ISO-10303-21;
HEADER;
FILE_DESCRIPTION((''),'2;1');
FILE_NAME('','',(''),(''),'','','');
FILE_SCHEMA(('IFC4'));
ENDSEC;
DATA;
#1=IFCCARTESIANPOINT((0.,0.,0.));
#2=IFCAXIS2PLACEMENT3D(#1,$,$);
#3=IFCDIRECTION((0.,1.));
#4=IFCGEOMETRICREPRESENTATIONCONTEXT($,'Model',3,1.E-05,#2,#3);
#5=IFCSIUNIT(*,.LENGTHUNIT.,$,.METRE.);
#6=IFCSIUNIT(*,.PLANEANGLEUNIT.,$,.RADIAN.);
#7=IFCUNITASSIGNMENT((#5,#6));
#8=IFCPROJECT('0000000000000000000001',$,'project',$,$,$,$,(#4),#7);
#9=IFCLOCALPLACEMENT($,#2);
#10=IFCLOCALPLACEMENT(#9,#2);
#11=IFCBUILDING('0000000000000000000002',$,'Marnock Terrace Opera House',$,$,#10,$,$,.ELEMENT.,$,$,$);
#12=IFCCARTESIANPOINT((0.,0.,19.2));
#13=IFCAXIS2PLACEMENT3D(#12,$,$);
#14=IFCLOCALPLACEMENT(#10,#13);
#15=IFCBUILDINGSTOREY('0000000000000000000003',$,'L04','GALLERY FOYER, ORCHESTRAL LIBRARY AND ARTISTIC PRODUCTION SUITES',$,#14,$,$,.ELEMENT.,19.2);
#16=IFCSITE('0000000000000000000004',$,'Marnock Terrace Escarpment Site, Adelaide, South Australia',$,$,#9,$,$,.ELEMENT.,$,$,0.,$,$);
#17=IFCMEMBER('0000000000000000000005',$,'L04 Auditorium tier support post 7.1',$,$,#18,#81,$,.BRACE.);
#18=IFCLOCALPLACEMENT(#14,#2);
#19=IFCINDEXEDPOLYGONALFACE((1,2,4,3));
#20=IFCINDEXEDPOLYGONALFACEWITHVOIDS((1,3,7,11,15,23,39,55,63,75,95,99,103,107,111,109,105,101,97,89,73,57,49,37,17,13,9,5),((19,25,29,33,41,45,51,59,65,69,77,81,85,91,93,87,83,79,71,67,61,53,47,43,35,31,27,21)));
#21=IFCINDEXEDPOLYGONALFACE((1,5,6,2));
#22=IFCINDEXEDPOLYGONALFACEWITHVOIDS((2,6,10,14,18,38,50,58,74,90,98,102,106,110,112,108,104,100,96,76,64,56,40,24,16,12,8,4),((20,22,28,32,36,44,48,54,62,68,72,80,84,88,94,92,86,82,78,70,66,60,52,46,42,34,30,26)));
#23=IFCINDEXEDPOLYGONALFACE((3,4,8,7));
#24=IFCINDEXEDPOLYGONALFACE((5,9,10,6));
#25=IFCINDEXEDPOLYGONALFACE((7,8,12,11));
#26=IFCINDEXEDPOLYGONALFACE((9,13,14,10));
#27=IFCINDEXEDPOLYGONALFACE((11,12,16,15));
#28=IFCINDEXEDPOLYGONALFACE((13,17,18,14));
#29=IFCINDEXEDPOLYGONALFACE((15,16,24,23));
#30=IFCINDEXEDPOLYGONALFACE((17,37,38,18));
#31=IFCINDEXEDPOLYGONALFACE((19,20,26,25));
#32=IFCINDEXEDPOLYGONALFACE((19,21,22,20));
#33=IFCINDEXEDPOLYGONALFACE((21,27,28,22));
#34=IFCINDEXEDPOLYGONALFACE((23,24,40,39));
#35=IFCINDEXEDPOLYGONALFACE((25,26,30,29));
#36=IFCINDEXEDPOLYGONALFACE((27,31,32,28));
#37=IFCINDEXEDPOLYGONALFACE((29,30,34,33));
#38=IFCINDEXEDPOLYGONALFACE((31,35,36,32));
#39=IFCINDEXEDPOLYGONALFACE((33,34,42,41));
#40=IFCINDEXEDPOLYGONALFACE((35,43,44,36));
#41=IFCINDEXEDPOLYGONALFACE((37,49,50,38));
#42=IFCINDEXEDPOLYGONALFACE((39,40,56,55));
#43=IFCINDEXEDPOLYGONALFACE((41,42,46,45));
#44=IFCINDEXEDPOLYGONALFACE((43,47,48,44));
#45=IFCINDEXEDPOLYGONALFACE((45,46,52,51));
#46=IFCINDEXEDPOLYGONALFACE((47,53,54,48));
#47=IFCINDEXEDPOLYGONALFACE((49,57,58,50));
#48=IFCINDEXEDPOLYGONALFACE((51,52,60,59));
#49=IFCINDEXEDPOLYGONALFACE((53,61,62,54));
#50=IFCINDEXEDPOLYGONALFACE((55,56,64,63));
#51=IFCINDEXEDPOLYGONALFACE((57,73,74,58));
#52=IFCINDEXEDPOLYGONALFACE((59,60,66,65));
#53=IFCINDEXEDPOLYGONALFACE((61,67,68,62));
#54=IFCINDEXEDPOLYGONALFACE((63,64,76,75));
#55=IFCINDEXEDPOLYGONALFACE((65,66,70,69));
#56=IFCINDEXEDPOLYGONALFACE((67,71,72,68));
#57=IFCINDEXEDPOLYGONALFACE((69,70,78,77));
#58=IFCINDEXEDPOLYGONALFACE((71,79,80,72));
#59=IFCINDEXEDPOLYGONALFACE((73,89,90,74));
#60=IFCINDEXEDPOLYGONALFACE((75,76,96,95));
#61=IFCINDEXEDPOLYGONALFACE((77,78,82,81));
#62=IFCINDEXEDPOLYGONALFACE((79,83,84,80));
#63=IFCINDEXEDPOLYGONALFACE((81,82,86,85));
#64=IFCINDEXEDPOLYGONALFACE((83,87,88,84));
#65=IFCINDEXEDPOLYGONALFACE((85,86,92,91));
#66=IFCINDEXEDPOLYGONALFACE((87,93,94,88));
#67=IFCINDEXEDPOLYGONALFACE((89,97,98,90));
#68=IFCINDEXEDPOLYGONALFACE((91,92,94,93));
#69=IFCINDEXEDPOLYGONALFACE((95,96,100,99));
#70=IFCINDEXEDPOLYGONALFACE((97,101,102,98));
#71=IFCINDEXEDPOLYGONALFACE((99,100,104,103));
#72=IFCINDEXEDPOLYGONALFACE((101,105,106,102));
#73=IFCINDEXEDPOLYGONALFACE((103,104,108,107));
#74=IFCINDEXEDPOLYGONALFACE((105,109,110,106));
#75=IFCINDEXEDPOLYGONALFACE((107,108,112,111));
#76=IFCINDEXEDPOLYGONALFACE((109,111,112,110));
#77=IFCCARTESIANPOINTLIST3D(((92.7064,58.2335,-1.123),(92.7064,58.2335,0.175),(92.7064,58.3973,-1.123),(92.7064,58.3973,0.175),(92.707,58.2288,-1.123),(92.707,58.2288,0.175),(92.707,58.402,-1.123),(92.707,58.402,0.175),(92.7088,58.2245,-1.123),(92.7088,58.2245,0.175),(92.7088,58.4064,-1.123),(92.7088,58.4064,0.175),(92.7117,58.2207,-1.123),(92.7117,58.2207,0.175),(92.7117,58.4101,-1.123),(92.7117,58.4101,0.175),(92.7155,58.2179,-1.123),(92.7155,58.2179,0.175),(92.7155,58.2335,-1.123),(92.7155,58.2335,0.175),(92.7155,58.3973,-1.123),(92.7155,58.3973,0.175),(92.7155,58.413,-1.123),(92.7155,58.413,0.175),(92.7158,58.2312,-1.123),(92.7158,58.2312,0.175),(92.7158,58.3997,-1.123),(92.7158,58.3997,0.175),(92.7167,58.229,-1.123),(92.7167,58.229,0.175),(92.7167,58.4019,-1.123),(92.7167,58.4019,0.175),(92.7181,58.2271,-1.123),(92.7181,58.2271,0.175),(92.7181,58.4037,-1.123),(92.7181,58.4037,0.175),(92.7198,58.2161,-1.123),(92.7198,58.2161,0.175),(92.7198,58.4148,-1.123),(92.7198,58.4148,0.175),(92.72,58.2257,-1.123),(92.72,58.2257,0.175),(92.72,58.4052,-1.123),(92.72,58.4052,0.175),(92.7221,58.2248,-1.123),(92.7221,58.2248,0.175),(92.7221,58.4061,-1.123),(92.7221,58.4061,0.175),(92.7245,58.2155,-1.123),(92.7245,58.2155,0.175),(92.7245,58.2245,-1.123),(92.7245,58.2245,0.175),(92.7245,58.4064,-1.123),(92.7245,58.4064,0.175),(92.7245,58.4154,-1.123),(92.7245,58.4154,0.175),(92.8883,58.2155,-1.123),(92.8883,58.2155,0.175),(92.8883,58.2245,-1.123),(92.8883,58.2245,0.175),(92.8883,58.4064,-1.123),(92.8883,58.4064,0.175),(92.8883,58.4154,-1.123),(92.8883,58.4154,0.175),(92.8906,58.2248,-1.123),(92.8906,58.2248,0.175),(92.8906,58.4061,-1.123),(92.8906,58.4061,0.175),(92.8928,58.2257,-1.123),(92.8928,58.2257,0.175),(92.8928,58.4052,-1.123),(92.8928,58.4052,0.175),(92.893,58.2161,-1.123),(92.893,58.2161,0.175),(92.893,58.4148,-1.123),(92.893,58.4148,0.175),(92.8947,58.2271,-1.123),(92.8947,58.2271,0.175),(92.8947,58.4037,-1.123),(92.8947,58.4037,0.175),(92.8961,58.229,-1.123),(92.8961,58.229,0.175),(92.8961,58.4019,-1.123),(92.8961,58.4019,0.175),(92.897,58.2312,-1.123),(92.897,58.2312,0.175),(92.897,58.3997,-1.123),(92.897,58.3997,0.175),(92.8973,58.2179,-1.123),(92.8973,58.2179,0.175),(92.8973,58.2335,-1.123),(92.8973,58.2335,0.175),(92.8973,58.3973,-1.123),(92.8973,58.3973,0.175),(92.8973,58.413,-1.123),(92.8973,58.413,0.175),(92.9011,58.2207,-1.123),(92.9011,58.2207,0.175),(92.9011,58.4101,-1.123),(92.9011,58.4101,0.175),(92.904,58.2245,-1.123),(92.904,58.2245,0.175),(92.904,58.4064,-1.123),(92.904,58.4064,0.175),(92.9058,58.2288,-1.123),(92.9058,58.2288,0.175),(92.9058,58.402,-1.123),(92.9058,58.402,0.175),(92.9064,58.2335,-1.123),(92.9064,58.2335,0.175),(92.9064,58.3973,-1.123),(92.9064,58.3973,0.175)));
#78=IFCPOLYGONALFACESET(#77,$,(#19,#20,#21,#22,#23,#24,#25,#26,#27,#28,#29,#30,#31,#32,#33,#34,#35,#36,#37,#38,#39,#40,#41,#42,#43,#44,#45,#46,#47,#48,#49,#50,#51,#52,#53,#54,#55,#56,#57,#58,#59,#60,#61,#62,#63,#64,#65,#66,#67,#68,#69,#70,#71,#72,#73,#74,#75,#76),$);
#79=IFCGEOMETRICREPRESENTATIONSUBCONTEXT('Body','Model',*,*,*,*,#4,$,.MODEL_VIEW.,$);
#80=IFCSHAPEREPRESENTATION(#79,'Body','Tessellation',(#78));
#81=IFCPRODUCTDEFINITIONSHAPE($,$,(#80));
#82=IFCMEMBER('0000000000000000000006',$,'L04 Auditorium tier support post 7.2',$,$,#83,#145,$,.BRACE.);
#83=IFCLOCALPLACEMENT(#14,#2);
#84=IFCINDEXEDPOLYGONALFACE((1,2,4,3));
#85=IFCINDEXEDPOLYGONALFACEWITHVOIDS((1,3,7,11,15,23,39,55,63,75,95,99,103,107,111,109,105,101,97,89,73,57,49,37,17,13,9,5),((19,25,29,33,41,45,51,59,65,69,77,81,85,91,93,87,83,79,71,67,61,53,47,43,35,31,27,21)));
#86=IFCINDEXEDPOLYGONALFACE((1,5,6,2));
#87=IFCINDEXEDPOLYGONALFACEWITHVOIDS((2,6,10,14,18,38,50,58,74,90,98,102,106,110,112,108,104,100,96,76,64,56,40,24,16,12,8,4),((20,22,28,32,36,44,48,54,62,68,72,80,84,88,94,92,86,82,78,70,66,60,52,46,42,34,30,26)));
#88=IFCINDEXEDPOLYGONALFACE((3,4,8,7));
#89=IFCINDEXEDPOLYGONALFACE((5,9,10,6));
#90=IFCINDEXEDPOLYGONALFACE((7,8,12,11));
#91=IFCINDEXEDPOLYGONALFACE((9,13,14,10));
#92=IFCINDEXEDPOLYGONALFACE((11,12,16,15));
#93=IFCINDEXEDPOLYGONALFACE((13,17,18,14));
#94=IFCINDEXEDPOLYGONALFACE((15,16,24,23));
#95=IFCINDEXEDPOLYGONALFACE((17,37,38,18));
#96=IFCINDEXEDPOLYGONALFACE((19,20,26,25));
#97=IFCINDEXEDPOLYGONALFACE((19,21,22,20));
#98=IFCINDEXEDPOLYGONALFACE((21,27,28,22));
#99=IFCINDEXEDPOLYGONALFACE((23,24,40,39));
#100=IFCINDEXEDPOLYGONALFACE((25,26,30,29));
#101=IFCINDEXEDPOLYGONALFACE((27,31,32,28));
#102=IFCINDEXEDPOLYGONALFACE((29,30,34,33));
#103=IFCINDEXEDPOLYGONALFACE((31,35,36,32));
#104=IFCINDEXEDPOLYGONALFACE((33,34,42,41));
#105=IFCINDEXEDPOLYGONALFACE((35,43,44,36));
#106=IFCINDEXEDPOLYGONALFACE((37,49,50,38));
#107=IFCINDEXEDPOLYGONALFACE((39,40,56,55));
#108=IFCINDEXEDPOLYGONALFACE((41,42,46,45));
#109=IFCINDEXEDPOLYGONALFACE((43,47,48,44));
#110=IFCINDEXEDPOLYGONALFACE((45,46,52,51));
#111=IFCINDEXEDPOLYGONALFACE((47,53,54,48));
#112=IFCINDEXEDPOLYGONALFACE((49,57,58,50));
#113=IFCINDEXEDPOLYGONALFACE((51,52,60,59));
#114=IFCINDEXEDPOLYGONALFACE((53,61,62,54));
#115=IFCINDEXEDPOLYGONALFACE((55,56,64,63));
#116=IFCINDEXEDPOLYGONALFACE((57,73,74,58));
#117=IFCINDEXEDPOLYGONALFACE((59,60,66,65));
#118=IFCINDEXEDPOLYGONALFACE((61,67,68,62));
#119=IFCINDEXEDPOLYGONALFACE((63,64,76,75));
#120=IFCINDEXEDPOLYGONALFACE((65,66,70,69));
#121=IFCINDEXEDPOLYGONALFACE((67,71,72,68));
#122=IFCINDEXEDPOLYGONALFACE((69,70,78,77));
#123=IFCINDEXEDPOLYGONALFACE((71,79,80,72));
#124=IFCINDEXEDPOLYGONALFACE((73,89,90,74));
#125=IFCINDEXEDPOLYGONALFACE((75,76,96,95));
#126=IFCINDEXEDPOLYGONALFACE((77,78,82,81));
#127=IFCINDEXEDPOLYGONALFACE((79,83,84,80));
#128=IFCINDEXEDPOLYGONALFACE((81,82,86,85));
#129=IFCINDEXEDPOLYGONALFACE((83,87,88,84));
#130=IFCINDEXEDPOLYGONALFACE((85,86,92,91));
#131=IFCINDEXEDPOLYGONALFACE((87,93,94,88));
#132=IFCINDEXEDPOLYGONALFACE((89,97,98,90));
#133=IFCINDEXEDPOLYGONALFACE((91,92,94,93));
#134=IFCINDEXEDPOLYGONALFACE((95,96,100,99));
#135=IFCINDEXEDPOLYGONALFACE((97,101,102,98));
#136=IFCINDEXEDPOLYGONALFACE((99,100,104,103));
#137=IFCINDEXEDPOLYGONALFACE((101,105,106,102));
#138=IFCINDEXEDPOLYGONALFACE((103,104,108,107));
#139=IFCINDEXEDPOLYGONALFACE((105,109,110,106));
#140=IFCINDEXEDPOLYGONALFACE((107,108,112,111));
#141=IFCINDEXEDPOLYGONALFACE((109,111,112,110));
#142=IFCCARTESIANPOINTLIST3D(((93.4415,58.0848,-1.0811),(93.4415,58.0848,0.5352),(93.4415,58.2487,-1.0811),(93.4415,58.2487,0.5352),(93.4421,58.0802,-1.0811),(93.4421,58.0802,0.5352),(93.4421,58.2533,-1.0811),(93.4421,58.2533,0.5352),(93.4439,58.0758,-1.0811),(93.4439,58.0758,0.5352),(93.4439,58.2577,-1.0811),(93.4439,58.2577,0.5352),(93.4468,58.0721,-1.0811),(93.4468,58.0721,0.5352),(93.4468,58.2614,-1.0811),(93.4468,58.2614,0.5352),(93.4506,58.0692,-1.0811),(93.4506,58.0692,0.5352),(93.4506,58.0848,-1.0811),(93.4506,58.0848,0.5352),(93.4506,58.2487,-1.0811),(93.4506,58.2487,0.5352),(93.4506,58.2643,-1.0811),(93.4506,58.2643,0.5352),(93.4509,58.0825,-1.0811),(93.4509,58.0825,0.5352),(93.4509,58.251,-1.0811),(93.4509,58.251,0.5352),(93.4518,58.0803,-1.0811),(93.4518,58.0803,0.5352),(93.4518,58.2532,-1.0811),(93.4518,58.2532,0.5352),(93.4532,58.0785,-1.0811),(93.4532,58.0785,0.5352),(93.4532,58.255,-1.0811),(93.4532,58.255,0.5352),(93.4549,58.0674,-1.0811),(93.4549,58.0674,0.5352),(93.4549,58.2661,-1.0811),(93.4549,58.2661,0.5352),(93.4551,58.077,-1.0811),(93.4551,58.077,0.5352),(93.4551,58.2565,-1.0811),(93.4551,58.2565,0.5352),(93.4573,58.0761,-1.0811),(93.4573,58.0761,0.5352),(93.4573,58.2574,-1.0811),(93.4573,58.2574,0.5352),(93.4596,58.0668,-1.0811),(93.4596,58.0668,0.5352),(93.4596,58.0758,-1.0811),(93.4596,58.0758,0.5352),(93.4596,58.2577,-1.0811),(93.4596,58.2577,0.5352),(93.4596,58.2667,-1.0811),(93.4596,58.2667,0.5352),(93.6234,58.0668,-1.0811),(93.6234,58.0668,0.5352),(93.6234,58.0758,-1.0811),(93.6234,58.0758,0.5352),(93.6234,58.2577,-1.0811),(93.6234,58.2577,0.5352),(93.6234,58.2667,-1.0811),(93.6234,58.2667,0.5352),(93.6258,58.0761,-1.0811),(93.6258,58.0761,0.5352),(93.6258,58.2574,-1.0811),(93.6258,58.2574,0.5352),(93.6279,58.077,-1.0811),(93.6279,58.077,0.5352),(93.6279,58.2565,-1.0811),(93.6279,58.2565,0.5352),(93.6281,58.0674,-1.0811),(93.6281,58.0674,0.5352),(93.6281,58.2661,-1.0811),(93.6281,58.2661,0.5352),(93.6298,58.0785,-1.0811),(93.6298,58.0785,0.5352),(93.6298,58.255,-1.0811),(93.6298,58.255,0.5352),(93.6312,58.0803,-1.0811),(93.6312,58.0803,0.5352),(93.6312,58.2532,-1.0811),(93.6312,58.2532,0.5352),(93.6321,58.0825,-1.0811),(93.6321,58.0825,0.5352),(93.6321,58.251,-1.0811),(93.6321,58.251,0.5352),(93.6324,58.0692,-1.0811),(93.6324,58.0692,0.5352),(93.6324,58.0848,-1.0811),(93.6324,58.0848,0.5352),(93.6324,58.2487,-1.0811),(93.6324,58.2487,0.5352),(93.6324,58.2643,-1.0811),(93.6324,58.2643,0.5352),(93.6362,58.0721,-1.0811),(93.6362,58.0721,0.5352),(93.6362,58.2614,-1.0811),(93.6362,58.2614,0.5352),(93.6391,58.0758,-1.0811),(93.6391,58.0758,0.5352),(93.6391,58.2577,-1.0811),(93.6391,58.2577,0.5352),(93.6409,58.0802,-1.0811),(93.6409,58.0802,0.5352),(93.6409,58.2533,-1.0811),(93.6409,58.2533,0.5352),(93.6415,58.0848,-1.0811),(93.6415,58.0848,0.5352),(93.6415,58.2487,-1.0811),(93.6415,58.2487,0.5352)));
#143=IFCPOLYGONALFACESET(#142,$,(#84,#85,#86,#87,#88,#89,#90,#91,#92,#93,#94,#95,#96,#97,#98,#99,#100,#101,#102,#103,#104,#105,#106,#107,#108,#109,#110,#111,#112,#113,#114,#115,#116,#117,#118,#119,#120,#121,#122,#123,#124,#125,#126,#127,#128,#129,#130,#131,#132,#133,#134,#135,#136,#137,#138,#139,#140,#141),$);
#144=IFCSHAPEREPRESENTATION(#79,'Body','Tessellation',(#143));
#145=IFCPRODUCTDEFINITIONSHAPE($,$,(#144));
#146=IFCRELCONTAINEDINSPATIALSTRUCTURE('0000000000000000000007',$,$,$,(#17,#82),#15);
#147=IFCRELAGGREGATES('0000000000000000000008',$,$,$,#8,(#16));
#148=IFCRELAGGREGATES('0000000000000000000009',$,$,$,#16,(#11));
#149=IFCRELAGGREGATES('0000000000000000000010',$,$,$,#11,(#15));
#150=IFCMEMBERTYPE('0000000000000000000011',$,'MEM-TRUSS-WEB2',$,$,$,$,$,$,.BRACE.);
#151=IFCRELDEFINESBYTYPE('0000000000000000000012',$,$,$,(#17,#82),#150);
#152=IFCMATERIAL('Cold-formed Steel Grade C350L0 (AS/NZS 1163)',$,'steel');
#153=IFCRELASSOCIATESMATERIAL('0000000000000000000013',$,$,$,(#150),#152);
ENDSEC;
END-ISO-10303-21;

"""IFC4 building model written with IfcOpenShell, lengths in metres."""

from ifc_helpers import new_model, si_unit, direction, frame, origin, origin_2d, place, context, subcontext, project, spatial, hollow_rectangle, extrude, material, material_profile, profile_set, type_object, element, save


model = new_model("IFC4")

# Units and contexts
model_context = context("Model", 3, precision=1e-05, world=origin(), true_north=direction((0.0, 1.0)))
body_context = subcontext(model_context, "Body", "Model", "MODEL_VIEW")
ifc_project = project(units=[si_unit("LENGTHUNIT", "METRE"), si_unit("PLANEANGLEUNIT", "RADIAN")], contexts=[model_context])

# Site, building, storey
site_placement = place(None, origin())
site = spatial("IfcSite", under=ifc_project, at=site_placement, Name="Marnock Terrace Escarpment Site, Adelaide, South Australia", CompositionType="ELEMENT", RefElevation=0.0)
building_placement = place(site_placement, origin())
building = spatial("IfcBuilding", under=site, at=building_placement, Name="Marnock Terrace Opera House", CompositionType="ELEMENT")
storey_placement = place(building_placement, frame((0.0, 0.0, 19.2)))
storey = spatial("IfcBuildingStorey", under=building, at=storey_placement, Name="L04", Description="GALLERY FOYER, ORCHESTRAL LIBRARY AND ARTISTIC PRODUCTION SUITES", CompositionType="ELEMENT", Elevation=19.2)

# Members
ifc_material_1 = material(Name="Cold-formed Steel Grade C350L0 (AS/NZS 1163)", Category="steel")
ifc_material_profile_1 = material_profile(ifc_material_1, hollow_rectangle(XDim=0.2, YDim=0.2, WallThickness=0.009, InnerFilletRadius=0.009, OuterFilletRadius=0.0181, at=origin_2d()))
ifc_profile_set_1 = profile_set([ifc_material_profile_1], Name="Cold-formed Steel Grade C350L0 (AS/NZS 1163)")
member_type = type_object("IfcMemberType", Name="MEM-TRUSS-WEB2", PredefinedType="BRACE", material=ifc_profile_set_1)
member_1_placement = place(storey_placement, frame((92.8064, 58.3154, -1.123), z_axis=(0.0, 0.0, 1.0), x_axis=(1.0, 0.0, 0.0)))
element("IfcMember", 1, at=member_1_placement, inside=storey, type_object=member_type, Name="L04 Auditorium tier support post 7.1", PredefinedType="BRACE", context=body_context, shape_type="SweptSolid", body=[
    extrude(hollow_rectangle(XDim=0.2, YDim=0.2, WallThickness=0.009, InnerFilletRadius=0.009, OuterFilletRadius=0.0181, at=origin_2d()), origin(), (0.0, 0.0, 1.0), 1.2981),
])
member_2_placement = place(storey_placement, frame((93.5415, 58.1667, -1.0811), z_axis=(0.0, 0.0, 1.0), x_axis=(1.0, 0.0, 0.0)))
element("IfcMember", 2, at=member_2_placement, inside=storey, type_object=member_type, Name="L04 Auditorium tier support post 7.2", PredefinedType="BRACE", context=body_context, shape_type="SweptSolid", body=[
    extrude(hollow_rectangle(XDim=0.2, YDim=0.2, WallThickness=0.009, InnerFilletRadius=0.009, OuterFilletRadius=0.0181, at=origin_2d()), origin(), (0.0, 0.0, 1.0), 1.6162),
])

save(model, "model.ifc")
